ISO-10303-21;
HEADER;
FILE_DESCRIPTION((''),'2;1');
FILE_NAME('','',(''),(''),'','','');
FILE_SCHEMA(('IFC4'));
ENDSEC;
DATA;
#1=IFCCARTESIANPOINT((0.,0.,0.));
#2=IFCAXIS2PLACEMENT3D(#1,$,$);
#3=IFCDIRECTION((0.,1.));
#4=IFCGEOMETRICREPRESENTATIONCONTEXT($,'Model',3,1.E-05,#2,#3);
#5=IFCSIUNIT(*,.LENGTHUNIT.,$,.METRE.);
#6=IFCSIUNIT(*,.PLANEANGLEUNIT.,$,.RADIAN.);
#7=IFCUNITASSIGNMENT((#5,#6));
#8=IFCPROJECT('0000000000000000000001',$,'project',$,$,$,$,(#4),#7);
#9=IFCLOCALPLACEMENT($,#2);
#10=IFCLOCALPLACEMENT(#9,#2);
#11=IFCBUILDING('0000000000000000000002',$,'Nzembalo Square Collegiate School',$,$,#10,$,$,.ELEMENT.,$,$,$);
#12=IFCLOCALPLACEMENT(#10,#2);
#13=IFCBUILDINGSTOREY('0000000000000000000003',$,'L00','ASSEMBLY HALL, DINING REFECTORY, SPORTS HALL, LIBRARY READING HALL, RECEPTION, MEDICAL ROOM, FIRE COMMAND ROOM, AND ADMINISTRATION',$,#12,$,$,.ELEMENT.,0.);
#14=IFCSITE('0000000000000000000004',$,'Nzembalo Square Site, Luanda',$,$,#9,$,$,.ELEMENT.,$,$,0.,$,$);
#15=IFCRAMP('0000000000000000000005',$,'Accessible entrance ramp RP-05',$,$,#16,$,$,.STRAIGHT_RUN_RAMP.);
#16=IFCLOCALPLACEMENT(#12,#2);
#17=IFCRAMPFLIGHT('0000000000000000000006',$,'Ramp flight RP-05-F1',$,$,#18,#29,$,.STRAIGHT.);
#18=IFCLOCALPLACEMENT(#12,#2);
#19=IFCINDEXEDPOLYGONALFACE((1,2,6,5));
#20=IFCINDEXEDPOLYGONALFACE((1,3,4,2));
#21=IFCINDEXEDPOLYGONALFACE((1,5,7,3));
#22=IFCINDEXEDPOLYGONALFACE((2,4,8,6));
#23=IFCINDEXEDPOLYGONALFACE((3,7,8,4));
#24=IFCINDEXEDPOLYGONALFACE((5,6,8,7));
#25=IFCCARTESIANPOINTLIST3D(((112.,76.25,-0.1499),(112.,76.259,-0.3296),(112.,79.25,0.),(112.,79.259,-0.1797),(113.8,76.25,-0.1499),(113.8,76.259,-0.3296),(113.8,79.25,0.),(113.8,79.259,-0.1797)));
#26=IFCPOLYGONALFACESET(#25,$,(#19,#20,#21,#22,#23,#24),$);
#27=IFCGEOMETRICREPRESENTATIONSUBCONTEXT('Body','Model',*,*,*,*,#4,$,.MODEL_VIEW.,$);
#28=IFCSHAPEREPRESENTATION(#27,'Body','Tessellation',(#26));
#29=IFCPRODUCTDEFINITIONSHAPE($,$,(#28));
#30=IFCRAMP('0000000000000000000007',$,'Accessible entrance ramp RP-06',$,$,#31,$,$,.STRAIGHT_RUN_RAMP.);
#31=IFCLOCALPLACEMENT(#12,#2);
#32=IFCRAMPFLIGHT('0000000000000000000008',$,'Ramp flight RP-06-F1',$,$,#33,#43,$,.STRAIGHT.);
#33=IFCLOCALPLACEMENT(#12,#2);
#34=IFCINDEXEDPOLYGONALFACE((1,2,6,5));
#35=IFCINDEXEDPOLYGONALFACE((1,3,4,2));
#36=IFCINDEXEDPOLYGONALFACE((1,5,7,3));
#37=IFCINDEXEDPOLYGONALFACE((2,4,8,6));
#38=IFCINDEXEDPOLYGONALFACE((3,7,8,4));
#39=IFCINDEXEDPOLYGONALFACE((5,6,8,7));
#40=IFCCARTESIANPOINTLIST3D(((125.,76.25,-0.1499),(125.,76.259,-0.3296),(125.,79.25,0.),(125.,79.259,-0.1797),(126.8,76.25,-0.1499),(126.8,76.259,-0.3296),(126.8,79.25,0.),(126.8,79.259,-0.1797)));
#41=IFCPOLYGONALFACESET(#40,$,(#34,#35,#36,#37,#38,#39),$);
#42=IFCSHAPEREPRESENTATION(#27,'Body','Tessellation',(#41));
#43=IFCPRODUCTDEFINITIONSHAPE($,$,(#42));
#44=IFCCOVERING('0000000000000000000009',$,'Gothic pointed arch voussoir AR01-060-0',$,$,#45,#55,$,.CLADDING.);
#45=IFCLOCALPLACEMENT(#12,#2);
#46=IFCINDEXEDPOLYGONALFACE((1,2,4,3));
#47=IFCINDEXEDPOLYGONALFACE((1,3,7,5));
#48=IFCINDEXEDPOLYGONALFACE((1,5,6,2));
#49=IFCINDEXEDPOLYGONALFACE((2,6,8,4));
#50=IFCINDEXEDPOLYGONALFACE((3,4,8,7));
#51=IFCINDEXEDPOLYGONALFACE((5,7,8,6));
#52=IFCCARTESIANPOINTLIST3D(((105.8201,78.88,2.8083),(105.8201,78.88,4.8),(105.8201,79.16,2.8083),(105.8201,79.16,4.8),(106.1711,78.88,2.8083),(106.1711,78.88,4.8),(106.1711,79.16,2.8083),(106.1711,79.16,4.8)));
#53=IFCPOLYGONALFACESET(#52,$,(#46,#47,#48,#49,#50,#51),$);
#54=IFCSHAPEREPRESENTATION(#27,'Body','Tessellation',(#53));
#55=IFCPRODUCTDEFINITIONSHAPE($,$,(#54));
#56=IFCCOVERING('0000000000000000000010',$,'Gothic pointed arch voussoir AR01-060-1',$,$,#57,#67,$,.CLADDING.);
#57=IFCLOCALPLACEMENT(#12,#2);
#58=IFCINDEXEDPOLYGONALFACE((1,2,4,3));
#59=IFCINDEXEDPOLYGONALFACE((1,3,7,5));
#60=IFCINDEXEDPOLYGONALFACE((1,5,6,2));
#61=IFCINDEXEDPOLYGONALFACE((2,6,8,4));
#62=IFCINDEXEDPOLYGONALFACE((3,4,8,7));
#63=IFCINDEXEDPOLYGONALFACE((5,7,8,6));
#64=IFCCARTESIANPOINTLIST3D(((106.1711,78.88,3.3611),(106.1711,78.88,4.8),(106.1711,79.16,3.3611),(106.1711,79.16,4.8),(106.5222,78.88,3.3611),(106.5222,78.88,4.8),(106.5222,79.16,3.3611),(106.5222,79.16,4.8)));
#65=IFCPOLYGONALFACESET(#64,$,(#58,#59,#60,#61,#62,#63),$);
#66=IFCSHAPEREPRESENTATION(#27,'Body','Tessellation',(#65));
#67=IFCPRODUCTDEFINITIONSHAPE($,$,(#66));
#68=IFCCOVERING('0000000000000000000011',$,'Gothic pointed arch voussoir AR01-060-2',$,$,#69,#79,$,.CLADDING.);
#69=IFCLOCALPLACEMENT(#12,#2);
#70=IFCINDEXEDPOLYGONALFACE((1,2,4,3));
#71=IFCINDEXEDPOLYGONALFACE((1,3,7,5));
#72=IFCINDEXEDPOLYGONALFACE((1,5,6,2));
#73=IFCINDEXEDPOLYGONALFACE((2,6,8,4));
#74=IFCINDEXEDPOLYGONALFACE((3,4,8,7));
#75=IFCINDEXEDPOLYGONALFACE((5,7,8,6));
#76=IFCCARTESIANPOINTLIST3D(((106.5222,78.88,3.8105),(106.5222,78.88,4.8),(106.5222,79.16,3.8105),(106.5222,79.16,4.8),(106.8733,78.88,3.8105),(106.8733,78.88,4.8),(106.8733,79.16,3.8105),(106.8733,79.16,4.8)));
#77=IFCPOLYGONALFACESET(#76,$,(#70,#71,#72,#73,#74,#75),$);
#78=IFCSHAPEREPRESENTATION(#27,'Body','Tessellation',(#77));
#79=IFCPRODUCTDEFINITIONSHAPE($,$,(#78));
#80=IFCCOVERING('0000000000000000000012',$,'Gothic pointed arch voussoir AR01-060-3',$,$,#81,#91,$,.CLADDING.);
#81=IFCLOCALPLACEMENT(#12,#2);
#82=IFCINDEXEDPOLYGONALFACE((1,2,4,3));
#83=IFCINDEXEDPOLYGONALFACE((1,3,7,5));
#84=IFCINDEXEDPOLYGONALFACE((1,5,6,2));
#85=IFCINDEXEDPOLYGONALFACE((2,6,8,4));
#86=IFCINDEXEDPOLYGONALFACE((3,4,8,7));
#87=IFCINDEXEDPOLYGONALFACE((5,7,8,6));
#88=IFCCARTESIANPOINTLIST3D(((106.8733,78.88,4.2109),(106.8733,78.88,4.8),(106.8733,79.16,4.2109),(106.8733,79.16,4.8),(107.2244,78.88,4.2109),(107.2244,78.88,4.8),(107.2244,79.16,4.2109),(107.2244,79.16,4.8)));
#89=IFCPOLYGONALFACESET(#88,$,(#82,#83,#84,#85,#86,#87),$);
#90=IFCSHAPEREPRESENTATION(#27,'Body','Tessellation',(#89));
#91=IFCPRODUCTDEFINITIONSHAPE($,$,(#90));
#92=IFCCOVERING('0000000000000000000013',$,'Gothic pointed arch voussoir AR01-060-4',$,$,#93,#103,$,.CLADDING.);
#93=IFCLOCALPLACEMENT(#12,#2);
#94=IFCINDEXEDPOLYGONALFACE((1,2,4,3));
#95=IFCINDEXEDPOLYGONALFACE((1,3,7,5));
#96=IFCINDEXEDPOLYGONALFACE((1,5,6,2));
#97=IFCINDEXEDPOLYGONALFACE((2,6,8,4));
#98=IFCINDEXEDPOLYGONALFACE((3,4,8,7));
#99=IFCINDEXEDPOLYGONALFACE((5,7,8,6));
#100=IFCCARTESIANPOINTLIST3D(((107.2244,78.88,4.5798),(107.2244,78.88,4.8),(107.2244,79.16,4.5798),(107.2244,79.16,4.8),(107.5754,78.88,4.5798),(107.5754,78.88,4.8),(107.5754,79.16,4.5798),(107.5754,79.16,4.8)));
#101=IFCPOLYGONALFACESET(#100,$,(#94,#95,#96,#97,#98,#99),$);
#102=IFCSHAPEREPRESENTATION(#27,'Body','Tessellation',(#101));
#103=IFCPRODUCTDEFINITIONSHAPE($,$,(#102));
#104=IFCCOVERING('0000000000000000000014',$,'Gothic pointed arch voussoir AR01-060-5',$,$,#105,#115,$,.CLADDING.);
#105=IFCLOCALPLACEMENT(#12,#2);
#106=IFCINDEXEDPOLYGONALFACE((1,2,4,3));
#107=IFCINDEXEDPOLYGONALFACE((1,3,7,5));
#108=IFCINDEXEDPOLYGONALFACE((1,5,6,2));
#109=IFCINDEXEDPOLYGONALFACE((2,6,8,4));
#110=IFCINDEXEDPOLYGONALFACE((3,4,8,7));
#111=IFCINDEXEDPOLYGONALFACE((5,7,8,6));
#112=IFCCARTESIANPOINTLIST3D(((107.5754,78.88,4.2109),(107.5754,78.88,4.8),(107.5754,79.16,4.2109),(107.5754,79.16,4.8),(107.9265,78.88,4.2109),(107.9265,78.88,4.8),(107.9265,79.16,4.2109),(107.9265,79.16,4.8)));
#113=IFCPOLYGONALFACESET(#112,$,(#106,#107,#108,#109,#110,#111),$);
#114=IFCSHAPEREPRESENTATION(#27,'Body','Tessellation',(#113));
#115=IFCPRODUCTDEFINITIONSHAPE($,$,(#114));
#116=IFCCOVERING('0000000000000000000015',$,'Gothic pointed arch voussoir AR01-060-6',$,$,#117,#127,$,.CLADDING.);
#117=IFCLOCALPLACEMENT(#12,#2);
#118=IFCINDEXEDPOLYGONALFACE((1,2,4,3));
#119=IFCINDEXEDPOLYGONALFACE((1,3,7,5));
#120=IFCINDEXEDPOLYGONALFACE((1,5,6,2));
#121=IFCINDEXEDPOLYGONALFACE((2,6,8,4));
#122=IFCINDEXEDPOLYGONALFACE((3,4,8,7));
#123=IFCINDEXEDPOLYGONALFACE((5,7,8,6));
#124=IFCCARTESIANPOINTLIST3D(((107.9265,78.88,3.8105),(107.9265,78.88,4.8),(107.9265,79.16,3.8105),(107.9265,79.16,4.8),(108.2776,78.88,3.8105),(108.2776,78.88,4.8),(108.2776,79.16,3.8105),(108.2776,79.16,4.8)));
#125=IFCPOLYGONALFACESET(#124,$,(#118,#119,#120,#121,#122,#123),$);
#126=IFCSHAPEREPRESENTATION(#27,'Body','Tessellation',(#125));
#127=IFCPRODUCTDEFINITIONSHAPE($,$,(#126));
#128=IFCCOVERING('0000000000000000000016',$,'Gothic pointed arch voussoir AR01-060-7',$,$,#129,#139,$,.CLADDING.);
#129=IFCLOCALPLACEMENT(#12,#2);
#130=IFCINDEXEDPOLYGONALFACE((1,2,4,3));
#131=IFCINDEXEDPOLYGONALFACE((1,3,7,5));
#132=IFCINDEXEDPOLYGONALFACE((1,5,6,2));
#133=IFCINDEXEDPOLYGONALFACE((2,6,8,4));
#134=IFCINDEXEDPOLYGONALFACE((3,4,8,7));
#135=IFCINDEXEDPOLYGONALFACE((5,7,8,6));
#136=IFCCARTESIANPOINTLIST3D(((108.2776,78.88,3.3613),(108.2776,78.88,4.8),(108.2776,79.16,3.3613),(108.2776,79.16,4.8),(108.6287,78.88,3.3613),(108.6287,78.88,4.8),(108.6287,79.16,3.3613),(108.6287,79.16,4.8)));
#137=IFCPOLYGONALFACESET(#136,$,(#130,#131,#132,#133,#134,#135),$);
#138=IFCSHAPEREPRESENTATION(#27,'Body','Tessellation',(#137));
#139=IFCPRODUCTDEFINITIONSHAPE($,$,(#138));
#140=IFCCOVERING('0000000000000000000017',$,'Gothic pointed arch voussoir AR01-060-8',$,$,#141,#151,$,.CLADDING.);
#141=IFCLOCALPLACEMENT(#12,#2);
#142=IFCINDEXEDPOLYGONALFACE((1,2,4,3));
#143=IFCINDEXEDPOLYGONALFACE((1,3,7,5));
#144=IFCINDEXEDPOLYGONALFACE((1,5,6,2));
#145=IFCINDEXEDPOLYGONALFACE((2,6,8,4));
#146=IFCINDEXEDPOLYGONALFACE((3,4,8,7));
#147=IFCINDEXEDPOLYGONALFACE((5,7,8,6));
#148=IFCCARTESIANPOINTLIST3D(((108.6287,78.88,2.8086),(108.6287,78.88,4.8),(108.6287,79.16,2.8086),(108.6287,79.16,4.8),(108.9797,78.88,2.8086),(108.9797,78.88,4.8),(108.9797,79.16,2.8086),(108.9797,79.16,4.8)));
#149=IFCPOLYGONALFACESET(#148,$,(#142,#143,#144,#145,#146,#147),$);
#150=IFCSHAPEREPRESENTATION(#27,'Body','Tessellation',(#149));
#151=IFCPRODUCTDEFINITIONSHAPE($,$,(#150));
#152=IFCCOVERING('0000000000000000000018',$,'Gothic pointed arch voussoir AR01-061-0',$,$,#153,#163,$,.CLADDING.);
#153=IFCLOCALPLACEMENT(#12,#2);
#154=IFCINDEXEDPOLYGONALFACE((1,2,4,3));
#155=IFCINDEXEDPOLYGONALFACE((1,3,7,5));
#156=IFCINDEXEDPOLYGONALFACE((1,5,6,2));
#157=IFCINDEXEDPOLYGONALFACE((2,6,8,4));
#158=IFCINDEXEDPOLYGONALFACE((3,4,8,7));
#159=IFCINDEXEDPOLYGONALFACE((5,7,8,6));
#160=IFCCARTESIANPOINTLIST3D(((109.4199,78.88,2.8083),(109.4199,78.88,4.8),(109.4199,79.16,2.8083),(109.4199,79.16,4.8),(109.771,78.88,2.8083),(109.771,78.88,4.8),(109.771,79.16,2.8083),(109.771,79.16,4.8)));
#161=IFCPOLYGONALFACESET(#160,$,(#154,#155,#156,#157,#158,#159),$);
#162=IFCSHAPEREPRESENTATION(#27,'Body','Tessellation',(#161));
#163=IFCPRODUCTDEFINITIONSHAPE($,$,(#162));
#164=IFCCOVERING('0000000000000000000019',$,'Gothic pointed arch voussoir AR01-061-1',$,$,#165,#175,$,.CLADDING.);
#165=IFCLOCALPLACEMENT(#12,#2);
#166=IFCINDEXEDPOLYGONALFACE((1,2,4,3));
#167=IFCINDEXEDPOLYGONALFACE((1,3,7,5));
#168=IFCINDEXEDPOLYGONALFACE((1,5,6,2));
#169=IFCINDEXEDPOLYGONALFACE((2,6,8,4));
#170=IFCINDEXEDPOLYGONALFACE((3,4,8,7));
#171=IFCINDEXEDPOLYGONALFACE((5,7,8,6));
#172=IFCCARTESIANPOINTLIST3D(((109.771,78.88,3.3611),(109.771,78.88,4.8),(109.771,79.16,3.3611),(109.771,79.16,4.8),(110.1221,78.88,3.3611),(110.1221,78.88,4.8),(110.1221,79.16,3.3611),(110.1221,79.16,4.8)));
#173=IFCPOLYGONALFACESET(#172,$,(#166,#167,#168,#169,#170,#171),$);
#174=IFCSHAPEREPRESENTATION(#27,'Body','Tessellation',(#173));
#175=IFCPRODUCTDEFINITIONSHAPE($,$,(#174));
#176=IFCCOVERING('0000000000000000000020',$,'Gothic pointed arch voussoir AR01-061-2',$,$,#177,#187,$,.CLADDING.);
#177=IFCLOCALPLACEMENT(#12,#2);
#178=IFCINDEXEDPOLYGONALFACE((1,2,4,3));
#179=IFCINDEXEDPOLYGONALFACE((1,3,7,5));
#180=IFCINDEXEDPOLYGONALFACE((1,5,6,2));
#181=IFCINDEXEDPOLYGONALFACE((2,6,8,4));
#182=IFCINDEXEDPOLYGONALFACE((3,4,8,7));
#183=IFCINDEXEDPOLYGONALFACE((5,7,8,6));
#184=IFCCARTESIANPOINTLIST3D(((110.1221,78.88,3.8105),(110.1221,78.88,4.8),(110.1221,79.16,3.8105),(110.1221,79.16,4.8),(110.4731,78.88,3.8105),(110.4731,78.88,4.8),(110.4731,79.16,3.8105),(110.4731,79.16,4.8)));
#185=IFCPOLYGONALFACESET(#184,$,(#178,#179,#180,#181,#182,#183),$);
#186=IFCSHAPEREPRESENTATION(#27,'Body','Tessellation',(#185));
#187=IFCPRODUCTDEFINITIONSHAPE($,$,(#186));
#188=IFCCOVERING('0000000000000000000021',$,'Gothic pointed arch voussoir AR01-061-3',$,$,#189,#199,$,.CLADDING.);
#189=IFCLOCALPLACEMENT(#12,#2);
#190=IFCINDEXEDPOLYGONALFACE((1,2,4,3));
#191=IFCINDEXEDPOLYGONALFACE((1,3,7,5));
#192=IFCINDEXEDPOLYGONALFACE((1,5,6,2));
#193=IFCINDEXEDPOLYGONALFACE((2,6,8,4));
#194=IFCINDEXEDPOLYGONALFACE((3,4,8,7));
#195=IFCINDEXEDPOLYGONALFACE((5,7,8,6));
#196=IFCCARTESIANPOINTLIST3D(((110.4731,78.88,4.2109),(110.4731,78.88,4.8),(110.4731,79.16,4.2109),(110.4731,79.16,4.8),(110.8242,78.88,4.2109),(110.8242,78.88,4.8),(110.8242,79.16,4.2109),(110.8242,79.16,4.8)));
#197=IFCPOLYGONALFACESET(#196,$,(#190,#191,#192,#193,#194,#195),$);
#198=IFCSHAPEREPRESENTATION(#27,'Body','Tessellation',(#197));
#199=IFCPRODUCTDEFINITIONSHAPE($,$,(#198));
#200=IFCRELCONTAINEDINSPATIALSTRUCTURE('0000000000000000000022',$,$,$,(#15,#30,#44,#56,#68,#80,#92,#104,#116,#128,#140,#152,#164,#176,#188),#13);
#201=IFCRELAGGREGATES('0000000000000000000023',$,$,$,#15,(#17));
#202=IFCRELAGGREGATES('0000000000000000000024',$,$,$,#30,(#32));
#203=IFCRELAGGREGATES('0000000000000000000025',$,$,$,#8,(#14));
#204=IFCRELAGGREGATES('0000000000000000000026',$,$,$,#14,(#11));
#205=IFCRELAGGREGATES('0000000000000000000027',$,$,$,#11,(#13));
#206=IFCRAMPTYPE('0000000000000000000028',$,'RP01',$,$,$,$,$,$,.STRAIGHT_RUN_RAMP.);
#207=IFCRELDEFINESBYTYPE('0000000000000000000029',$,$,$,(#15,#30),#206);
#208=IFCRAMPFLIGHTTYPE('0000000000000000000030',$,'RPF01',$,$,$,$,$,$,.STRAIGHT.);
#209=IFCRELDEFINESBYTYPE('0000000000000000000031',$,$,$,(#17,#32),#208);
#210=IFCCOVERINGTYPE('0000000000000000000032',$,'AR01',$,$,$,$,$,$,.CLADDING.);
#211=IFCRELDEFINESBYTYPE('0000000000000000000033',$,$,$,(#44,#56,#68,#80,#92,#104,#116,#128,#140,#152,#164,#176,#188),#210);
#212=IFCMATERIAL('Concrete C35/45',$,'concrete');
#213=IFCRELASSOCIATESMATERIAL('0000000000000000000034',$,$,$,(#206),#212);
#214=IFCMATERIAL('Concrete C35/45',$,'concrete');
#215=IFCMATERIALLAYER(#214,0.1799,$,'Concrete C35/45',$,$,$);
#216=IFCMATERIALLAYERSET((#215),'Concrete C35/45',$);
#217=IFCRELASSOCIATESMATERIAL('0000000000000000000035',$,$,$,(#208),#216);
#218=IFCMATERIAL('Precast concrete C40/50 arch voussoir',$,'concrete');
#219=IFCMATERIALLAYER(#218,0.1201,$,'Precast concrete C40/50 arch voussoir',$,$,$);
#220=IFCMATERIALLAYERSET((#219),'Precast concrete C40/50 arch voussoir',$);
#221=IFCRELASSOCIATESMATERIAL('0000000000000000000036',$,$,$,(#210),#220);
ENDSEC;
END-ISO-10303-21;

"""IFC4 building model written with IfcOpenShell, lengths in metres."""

from ifc_helpers import new_model, si_unit, direction, frame, origin, origin_2d, place, context, subcontext, project, spatial, polyline, rectangle, outline, extrude, material, layer, layer_set, type_object, element, aggregate, save


model = new_model("IFC4")

# Units and contexts
model_context = context("Model", 3, precision=1e-05, world=origin(), true_north=direction((0.0, 1.0)))
body_context = subcontext(model_context, "Body", "Model", "MODEL_VIEW")
ifc_project = project(units=[si_unit("LENGTHUNIT", "METRE"), si_unit("PLANEANGLEUNIT", "RADIAN")], contexts=[model_context])

# Site, building, storey
site_placement = place(None, origin())
site = spatial("IfcSite", under=ifc_project, at=site_placement, Name="Nzembalo Square Site, Luanda", CompositionType="ELEMENT", RefElevation=0.0)
building_placement = place(site_placement, origin())
building = spatial("IfcBuilding", under=site, at=building_placement, Name="Nzembalo Square Collegiate School", CompositionType="ELEMENT")
storey_placement = place(building_placement, origin())
storey = spatial("IfcBuildingStorey", under=building, at=storey_placement, Name="L00", Description="ASSEMBLY HALL, DINING REFECTORY, SPORTS HALL, LIBRARY READING HALL, RECEPTION, MEDICAL ROOM, FIRE COMMAND ROOM, AND ADMINISTRATION", CompositionType="ELEMENT", Elevation=0.0)

# Ramps, ramp flights
ifc_material_1 = material(Name="Concrete C35/45", Category="concrete")
ramp_type = type_object("IfcRampType", Name="RP01", PredefinedType="STRAIGHT_RUN_RAMP", material=ifc_material_1)
ramp_1_placement = place(storey_placement, origin())
ramp_1 = element("IfcRamp", 1, at=ramp_1_placement, inside=storey, type_object=ramp_type, Name="Accessible entrance ramp RP-05", PredefinedType="STRAIGHT_RUN_RAMP")
ifc_material_2 = material(Name="Concrete C35/45", Category="concrete")
ifc_layer_1 = layer(ifc_material_2, 0.1799, Name="Concrete C35/45")
ifc_layer_set_1 = layer_set([ifc_layer_1], Name="Concrete C35/45")
ramp_flight_type = type_object("IfcRampFlightType", Name="RPF01", PredefinedType="STRAIGHT", material=ifc_layer_set_1)
ramp_flight_1_placement = place(storey_placement, frame((112.0, 76.25, -0.1499), z_axis=(0.0, -0.049905, 0.998754), x_axis=(1.0, 0.0, 0.0)))
ramp_flight_1 = element("IfcRampFlight", 2, at=ramp_flight_1_placement, type_object=ramp_flight_type, Name="Ramp flight RP-05-F1", PredefinedType="STRAIGHT", context=body_context, shape_type="SweptSolid", body=[
    extrude(outline(polyline([(0.0, 0.0), (1.8, 0.0), (1.8, 3.0037), (0.0, 3.0037), (0.0, 0.0)])), origin(), (0.0, 0.0, -1.0), 0.1799),
])
aggregate(ramp_1, [ramp_flight_1])
ramp_2_placement = place(storey_placement, origin())
ramp_2 = element("IfcRamp", 3, at=ramp_2_placement, inside=storey, type_object=ramp_type, Name="Accessible entrance ramp RP-06", PredefinedType="STRAIGHT_RUN_RAMP")
ramp_flight_2_placement = place(storey_placement, frame((125.0, 76.25, -0.1499), z_axis=(0.0, -0.049905, 0.998754), x_axis=(1.0, 0.0, 0.0)))
ramp_flight_2 = element("IfcRampFlight", 4, at=ramp_flight_2_placement, type_object=ramp_flight_type, Name="Ramp flight RP-06-F1", PredefinedType="STRAIGHT", context=body_context, shape_type="SweptSolid", body=[
    extrude(outline(polyline([(0.0, 0.0), (1.8, 0.0), (1.8, 3.0037), (0.0, 3.0037), (0.0, 0.0)])), origin(), (0.0, 0.0, -1.0), 0.1799),
])
aggregate(ramp_2, [ramp_flight_2])

# Coverings
ifc_material_3 = material(Name="Precast concrete C40/50 arch voussoir", Category="concrete")
ifc_layer_2 = layer(ifc_material_3, 0.1201, Name="Precast concrete C40/50 arch voussoir")
ifc_layer_set_2 = layer_set([ifc_layer_2], Name="Precast concrete C40/50 arch voussoir")
covering_type = type_object("IfcCoveringType", Name="AR01", PredefinedType="CLADDING", material=ifc_layer_set_2)
covering_1_placement = place(storey_placement, frame((105.9956, 79.02, 2.8083), z_axis=(0.0, 0.0, 1.0), x_axis=(1.0, 0.0, 0.0)))
element("IfcCovering", 5, at=covering_1_placement, inside=storey, type_object=covering_type, Name="Gothic pointed arch voussoir AR01-060-0", PredefinedType="CLADDING", context=body_context, shape_type="SweptSolid", body=[
    extrude(rectangle(XDim=0.3511, YDim=0.28, at=origin_2d()), origin(), (0.0, 0.0, 1.0), 1.9917),
])
covering_2_placement = place(storey_placement, frame((106.3467, 79.02, 3.3611), z_axis=(0.0, 0.0, 1.0), x_axis=(1.0, 0.0, 0.0)))
element("IfcCovering", 6, at=covering_2_placement, inside=storey, type_object=covering_type, Name="Gothic pointed arch voussoir AR01-060-1", PredefinedType="CLADDING", context=body_context, shape_type="SweptSolid", body=[
    extrude(rectangle(XDim=0.3511, YDim=0.28, at=origin_2d()), origin(), (0.0, 0.0, 1.0), 1.439),
])
covering_3_placement = place(storey_placement, frame((106.6978, 79.02, 3.8105), z_axis=(0.0, 0.0, 1.0), x_axis=(1.0, 0.0, 0.0)))
element("IfcCovering", 7, at=covering_3_placement, inside=storey, type_object=covering_type, Name="Gothic pointed arch voussoir AR01-060-2", PredefinedType="CLADDING", context=body_context, shape_type="SweptSolid", body=[
    extrude(rectangle(XDim=0.3511, YDim=0.28, at=origin_2d()), origin(), (0.0, 0.0, 1.0), 0.9895),
])
covering_4_placement = place(storey_placement, frame((107.0488, 79.02, 4.2109), z_axis=(0.0, 0.0, 1.0), x_axis=(1.0, 0.0, 0.0)))
element("IfcCovering", 8, at=covering_4_placement, inside=storey, type_object=covering_type, Name="Gothic pointed arch voussoir AR01-060-3", PredefinedType="CLADDING", context=body_context, shape_type="SweptSolid", body=[
    extrude(rectangle(XDim=0.3511, YDim=0.28, at=origin_2d()), origin(), (0.0, 0.0, 1.0), 0.5891),
])
covering_5_placement = place(storey_placement, frame((107.3999, 79.02, 4.5798), z_axis=(0.0, 0.0, 1.0), x_axis=(1.0, 0.0, 0.0)))
element("IfcCovering", 9, at=covering_5_placement, inside=storey, type_object=covering_type, Name="Gothic pointed arch voussoir AR01-060-4", PredefinedType="CLADDING", context=body_context, shape_type="SweptSolid", body=[
    extrude(rectangle(XDim=0.3511, YDim=0.28, at=origin_2d()), origin(), (0.0, 0.0, 1.0), 0.2202),
])
covering_6_placement = place(storey_placement, frame((107.751, 79.02, 4.2109), z_axis=(0.0, 0.0, 1.0), x_axis=(1.0, 0.0, 0.0)))
element("IfcCovering", 10, at=covering_6_placement, inside=storey, type_object=covering_type, Name="Gothic pointed arch voussoir AR01-060-5", PredefinedType="CLADDING", context=body_context, shape_type="SweptSolid", body=[
    extrude(rectangle(XDim=0.3511, YDim=0.28, at=origin_2d()), origin(), (0.0, 0.0, 1.0), 0.5891),
])
covering_7_placement = place(storey_placement, frame((108.1021, 79.02, 3.8105), z_axis=(0.0, 0.0, 1.0), x_axis=(1.0, 0.0, 0.0)))
element("IfcCovering", 11, at=covering_7_placement, inside=storey, type_object=covering_type, Name="Gothic pointed arch voussoir AR01-060-6", PredefinedType="CLADDING", context=body_context, shape_type="SweptSolid", body=[
    extrude(rectangle(XDim=0.3511, YDim=0.28, at=origin_2d()), origin(), (0.0, 0.0, 1.0), 0.9895),
])
covering_8_placement = place(storey_placement, frame((108.4531, 79.02, 3.3613), z_axis=(0.0, 0.0, 1.0), x_axis=(1.0, 0.0, 0.0)))
element("IfcCovering", 12, at=covering_8_placement, inside=storey, type_object=covering_type, Name="Gothic pointed arch voussoir AR01-060-7", PredefinedType="CLADDING", context=body_context, shape_type="SweptSolid", body=[
    extrude(rectangle(XDim=0.3511, YDim=0.28, at=origin_2d()), origin(), (0.0, 0.0, 1.0), 1.4387),
])
covering_9_placement = place(storey_placement, frame((108.8042, 79.02, 2.8086), z_axis=(0.0, 0.0, 1.0), x_axis=(1.0, 0.0, 0.0)))
element("IfcCovering", 13, at=covering_9_placement, inside=storey, type_object=covering_type, Name="Gothic pointed arch voussoir AR01-060-8", PredefinedType="CLADDING", context=body_context, shape_type="SweptSolid", body=[
    extrude(rectangle(XDim=0.3511, YDim=0.28, at=origin_2d()), origin(), (0.0, 0.0, 1.0), 1.9915),
])
covering_10_placement = place(storey_placement, frame((109.5955, 79.02, 2.8083), z_axis=(0.0, 0.0, 1.0), x_axis=(1.0, 0.0, 0.0)))
element("IfcCovering", 14, at=covering_10_placement, inside=storey, type_object=covering_type, Name="Gothic pointed arch voussoir AR01-061-0", PredefinedType="CLADDING", context=body_context, shape_type="SweptSolid", body=[
    extrude(rectangle(XDim=0.3511, YDim=0.28, at=origin_2d()), origin(), (0.0, 0.0, 1.0), 1.9917),
])
covering_11_placement = place(storey_placement, frame((109.9465, 79.02, 3.3611), z_axis=(0.0, 0.0, 1.0), x_axis=(1.0, 0.0, 0.0)))
element("IfcCovering", 15, at=covering_11_placement, inside=storey, type_object=covering_type, Name="Gothic pointed arch voussoir AR01-061-1", PredefinedType="CLADDING", context=body_context, shape_type="SweptSolid", body=[
    extrude(rectangle(XDim=0.3511, YDim=0.28, at=origin_2d()), origin(), (0.0, 0.0, 1.0), 1.439),
])
covering_12_placement = place(storey_placement, frame((110.2976, 79.02, 3.8105), z_axis=(0.0, 0.0, 1.0), x_axis=(1.0, 0.0, 0.0)))
element("IfcCovering", 16, at=covering_12_placement, inside=storey, type_object=covering_type, Name="Gothic pointed arch voussoir AR01-061-2", PredefinedType="CLADDING", context=body_context, shape_type="SweptSolid", body=[
    extrude(rectangle(XDim=0.3511, YDim=0.28, at=origin_2d()), origin(), (0.0, 0.0, 1.0), 0.9895),
])
covering_13_placement = place(storey_placement, frame((110.6487, 79.02, 4.2109), z_axis=(0.0, 0.0, 1.0), x_axis=(1.0, 0.0, 0.0)))
element("IfcCovering", 17, at=covering_13_placement, inside=storey, type_object=covering_type, Name="Gothic pointed arch voussoir AR01-061-3", PredefinedType="CLADDING", context=body_context, shape_type="SweptSolid", body=[
    extrude(rectangle(XDim=0.3511, YDim=0.28, at=origin_2d()), origin(), (0.0, 0.0, 1.0), 0.5891),
])

save(model, "model.ifc")
